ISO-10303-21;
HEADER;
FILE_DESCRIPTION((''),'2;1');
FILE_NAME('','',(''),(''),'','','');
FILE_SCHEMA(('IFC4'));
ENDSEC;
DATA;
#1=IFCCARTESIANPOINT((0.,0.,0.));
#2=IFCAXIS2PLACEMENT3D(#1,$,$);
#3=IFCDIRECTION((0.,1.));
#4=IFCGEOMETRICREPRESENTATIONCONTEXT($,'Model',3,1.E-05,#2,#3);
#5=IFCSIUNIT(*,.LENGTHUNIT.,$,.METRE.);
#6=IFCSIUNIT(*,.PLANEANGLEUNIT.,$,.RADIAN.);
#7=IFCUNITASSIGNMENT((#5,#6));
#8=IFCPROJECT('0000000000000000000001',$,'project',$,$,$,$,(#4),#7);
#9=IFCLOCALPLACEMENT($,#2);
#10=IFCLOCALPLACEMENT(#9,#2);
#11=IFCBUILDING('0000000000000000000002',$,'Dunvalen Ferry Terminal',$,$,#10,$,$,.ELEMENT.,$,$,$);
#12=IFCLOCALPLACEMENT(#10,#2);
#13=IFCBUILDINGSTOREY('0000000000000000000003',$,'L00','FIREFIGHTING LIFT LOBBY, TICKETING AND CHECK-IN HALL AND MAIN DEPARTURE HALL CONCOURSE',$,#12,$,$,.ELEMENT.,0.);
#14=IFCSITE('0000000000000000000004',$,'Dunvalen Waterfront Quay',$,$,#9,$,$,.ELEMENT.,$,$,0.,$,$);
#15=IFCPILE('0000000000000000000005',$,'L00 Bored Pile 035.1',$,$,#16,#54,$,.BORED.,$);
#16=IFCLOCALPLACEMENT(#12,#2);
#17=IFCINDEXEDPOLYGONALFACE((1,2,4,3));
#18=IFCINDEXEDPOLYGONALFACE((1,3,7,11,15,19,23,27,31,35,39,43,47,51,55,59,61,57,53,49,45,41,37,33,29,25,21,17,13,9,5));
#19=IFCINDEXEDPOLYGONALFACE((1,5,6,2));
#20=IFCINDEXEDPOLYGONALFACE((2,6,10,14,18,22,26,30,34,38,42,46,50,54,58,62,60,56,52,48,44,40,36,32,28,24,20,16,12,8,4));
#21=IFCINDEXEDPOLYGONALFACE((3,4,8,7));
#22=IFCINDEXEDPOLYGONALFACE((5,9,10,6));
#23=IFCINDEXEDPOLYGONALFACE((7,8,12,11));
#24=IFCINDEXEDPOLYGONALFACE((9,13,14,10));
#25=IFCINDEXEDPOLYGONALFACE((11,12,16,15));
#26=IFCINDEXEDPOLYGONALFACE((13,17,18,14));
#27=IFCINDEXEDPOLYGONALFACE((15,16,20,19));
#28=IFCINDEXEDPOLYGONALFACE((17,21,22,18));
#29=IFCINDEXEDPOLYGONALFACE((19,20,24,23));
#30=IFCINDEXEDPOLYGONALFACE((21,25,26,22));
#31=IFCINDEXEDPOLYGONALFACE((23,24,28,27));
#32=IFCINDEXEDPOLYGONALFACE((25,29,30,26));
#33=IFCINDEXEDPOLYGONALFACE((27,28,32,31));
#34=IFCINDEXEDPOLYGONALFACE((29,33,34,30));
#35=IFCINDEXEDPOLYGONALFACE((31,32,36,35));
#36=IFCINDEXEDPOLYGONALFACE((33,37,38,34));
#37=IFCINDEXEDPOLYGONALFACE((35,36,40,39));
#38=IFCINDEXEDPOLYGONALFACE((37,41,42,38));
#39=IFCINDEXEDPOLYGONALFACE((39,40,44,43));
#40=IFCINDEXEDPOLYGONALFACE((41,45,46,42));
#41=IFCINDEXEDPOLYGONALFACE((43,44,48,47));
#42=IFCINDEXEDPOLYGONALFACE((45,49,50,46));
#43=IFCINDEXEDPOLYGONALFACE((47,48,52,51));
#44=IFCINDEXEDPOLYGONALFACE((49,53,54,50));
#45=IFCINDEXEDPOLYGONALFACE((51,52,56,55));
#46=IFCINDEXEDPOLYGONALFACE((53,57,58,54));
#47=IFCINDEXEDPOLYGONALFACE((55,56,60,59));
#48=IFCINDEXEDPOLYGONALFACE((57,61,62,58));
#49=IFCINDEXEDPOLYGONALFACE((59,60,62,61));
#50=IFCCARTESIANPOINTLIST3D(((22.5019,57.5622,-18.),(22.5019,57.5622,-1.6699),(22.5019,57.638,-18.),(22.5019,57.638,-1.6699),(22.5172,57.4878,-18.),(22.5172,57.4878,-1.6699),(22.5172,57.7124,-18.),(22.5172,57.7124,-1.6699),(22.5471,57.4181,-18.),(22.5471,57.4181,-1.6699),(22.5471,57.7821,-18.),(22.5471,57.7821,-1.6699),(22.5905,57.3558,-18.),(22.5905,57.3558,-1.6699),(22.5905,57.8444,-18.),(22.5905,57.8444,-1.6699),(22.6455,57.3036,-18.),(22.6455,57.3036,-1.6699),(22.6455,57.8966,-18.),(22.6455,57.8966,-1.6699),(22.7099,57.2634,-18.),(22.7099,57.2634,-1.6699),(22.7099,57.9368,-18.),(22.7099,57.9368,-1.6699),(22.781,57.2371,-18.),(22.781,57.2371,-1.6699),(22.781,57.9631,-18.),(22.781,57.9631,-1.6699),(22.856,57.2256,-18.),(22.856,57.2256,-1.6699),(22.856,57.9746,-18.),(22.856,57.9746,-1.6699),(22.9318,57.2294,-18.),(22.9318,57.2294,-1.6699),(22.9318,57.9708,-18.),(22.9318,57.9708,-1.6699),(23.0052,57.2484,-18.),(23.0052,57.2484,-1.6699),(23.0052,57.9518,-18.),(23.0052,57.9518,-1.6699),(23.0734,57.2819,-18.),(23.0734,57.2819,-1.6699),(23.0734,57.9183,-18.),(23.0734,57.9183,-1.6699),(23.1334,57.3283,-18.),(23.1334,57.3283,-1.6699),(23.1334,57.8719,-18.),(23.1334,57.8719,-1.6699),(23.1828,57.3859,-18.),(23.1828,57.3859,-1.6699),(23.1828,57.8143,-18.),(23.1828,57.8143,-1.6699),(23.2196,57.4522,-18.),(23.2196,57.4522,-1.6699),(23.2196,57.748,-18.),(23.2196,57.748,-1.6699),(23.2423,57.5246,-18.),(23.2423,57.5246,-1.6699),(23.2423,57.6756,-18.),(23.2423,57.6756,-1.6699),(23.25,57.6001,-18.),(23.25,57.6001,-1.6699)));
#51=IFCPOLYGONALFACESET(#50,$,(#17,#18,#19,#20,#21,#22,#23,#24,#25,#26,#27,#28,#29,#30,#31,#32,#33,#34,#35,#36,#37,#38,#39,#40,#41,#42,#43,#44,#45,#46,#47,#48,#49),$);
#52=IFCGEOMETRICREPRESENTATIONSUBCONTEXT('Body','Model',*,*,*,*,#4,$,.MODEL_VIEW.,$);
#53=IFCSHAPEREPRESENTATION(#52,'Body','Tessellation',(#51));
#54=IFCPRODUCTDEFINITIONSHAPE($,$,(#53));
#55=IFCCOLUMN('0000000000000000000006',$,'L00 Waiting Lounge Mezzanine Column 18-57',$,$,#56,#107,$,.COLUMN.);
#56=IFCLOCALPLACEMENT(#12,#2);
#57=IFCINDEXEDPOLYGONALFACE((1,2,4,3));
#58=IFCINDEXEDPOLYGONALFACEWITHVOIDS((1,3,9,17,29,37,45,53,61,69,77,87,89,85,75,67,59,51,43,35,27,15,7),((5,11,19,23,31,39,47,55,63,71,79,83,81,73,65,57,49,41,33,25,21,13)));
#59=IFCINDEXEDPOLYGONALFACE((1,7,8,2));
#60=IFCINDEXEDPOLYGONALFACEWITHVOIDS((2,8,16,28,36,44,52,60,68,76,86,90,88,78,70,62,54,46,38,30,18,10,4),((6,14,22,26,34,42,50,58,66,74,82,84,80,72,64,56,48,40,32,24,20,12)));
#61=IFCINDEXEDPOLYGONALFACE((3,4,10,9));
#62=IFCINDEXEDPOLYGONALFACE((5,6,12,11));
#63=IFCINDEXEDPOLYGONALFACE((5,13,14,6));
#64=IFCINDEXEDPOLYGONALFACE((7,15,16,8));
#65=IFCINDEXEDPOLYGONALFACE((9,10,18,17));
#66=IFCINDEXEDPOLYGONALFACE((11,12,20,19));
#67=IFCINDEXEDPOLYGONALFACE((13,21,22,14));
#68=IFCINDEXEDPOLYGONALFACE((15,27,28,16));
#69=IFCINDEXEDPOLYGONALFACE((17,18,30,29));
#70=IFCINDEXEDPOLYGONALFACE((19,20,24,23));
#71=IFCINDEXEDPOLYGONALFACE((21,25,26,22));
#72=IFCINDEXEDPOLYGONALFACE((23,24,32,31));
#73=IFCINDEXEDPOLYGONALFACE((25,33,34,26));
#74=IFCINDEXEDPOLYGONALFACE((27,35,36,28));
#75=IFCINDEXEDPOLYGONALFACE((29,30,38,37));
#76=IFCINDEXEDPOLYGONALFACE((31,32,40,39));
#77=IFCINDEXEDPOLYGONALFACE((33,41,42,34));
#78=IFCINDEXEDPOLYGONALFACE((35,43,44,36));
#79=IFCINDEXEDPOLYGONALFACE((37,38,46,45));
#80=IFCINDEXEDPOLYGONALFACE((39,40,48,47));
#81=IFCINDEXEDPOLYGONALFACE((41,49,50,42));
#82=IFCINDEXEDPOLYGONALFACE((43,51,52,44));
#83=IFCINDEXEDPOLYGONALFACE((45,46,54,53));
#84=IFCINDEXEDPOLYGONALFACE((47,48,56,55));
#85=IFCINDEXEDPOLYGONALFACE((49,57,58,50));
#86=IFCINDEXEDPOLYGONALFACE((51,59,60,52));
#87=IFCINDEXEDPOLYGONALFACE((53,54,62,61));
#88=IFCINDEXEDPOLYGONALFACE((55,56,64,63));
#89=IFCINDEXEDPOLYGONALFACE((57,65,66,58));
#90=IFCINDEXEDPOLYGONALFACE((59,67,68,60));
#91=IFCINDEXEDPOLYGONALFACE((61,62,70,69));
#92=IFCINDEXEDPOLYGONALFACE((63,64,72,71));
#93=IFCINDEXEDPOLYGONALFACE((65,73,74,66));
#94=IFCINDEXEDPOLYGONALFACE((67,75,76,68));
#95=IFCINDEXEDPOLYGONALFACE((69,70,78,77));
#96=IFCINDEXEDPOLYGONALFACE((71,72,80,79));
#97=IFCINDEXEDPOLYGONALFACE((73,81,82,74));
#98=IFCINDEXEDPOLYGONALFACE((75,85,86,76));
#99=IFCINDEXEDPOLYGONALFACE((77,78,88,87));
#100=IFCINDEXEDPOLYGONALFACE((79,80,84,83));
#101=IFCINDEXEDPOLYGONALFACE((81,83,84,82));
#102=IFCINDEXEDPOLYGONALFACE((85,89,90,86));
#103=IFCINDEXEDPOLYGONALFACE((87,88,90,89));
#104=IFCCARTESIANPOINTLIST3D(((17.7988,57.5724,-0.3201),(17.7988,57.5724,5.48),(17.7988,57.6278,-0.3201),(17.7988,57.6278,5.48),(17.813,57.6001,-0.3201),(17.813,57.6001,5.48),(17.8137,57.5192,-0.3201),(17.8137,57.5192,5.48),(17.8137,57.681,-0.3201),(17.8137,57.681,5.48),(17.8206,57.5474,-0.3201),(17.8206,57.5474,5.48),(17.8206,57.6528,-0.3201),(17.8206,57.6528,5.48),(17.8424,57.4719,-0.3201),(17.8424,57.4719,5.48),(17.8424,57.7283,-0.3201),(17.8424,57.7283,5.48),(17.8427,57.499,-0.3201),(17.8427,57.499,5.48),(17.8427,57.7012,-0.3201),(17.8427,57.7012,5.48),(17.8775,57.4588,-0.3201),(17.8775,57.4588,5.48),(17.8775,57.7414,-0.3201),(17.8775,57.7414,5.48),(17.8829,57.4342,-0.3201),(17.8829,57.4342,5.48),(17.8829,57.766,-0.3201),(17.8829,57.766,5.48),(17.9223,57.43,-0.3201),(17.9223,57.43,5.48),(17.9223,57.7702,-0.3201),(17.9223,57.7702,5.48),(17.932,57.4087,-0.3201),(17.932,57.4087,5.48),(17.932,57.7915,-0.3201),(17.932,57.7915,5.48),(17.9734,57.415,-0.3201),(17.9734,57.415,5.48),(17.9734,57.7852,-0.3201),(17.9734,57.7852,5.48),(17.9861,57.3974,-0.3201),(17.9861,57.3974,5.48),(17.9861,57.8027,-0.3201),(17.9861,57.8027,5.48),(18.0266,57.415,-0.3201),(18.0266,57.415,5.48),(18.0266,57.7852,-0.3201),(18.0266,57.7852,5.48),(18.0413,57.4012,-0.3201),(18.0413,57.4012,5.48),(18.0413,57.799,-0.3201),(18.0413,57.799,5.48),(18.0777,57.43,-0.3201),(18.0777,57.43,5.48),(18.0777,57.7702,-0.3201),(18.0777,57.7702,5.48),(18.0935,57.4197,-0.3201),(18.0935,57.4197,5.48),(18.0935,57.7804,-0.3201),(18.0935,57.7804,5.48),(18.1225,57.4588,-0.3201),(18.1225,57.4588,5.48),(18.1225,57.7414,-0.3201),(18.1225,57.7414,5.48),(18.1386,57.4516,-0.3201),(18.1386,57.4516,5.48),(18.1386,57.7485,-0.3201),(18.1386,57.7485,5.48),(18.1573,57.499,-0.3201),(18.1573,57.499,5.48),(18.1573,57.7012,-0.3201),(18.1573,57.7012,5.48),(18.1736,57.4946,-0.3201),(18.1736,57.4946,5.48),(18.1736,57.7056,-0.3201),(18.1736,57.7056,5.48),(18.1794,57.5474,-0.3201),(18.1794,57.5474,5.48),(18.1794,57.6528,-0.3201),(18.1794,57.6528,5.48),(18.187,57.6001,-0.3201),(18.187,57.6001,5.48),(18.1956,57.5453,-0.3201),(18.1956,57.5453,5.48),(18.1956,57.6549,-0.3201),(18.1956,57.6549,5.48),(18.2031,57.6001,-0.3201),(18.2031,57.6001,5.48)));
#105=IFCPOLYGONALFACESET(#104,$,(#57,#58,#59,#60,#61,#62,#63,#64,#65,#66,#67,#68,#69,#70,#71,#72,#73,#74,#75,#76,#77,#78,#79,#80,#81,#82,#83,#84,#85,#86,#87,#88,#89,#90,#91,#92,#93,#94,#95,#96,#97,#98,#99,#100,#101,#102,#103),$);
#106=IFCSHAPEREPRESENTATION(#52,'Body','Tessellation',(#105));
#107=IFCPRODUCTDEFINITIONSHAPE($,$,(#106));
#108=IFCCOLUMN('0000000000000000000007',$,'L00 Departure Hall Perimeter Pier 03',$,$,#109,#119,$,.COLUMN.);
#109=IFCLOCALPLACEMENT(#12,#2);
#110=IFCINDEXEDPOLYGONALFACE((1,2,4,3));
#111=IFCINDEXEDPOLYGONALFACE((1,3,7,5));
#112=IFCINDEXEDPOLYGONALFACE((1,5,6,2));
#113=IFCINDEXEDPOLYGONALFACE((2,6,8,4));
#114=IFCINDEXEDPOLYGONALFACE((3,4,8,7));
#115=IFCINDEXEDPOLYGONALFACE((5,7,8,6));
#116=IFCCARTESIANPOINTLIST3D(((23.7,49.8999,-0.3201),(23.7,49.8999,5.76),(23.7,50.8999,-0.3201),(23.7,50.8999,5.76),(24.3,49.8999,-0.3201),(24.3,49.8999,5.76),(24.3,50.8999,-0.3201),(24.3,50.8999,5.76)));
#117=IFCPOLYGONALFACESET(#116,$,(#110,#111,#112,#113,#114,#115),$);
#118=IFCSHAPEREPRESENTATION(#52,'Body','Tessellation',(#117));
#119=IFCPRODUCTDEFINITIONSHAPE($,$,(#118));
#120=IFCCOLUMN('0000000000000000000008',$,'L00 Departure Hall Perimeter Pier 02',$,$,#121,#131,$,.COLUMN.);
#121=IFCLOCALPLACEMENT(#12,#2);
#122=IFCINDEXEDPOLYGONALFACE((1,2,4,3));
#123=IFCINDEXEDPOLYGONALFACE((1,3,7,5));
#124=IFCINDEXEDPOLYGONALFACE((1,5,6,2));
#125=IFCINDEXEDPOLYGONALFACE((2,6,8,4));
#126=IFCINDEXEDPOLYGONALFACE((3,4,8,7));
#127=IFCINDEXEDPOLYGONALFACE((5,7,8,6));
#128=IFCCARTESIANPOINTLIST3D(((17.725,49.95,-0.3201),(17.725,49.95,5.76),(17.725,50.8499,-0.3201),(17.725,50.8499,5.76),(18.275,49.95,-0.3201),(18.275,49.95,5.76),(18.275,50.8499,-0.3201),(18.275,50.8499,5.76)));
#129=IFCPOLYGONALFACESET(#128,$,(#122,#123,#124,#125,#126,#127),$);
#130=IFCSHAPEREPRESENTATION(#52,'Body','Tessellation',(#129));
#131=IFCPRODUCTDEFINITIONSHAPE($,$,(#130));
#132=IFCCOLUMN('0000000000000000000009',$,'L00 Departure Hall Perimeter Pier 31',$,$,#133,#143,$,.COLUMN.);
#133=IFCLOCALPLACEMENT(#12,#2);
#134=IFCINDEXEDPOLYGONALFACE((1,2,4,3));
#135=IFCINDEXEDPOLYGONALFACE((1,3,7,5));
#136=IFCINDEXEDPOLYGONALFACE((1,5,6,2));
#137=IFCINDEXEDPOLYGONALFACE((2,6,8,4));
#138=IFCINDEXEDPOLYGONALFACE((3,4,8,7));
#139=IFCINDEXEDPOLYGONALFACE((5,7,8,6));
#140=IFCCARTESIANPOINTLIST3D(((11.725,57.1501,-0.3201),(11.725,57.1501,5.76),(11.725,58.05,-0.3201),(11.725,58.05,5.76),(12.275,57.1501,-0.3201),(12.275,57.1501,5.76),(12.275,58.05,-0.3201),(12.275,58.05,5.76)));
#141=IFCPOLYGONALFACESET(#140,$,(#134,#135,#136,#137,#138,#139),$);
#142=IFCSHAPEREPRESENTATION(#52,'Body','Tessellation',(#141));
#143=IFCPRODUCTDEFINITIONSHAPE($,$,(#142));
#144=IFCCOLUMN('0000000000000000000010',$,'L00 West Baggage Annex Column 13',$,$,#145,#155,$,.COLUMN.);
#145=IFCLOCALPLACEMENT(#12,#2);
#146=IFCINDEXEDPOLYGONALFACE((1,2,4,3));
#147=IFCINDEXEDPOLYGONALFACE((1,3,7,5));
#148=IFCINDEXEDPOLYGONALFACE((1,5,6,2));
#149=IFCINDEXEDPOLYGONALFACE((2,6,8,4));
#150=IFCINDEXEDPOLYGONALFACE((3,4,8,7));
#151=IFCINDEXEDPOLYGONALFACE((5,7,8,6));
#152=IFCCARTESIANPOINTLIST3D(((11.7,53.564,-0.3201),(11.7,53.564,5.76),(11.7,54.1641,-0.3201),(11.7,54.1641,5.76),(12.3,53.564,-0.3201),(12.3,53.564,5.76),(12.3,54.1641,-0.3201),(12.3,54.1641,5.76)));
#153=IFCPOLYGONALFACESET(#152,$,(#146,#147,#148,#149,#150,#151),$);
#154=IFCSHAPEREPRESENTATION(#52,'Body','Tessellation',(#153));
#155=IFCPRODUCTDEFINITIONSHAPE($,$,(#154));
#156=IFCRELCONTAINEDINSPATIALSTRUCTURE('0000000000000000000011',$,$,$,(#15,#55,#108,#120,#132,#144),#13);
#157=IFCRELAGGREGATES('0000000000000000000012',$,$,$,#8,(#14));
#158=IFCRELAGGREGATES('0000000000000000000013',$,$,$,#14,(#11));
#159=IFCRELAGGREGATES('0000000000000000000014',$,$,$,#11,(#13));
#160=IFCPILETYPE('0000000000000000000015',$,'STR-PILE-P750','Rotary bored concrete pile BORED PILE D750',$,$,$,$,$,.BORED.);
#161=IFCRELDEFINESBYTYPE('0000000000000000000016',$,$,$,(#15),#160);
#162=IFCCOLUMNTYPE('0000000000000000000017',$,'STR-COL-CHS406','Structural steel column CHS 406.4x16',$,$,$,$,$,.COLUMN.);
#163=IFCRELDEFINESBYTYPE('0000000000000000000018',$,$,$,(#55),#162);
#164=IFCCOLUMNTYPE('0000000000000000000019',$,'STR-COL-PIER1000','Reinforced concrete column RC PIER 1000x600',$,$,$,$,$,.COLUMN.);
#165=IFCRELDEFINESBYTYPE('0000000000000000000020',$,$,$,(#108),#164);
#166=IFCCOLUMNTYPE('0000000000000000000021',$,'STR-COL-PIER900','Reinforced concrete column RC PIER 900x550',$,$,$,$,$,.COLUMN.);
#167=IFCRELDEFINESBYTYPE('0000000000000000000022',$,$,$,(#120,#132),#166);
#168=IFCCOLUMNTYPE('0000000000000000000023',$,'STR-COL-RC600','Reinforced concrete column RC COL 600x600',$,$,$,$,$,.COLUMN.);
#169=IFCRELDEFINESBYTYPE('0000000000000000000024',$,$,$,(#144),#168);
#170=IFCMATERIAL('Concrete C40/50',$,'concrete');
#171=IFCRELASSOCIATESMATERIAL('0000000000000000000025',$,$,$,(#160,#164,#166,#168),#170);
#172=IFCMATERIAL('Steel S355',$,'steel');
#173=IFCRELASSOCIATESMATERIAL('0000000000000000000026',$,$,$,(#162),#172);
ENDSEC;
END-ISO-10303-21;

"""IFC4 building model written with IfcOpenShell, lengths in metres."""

from ifc_helpers import new_model, si_unit, direction, frame, origin, origin_2d, place, context, subcontext, project, spatial, rectangle, circle, hollow_circle, extrude, material, material_profile, profile_set, type_object, element, save


model = new_model("IFC4")

# Units and contexts
model_context = context("Model", 3, precision=1e-05, world=origin(), true_north=direction((0.0, 1.0)))
body_context = subcontext(model_context, "Body", "Model", "MODEL_VIEW")
ifc_project = project(units=[si_unit("LENGTHUNIT", "METRE"), si_unit("PLANEANGLEUNIT", "RADIAN")], contexts=[model_context])

# Site, building, storey
site_placement = place(None, origin())
site = spatial("IfcSite", under=ifc_project, at=site_placement, Name="Dunvalen Waterfront Quay", CompositionType="ELEMENT", RefElevation=0.0)
building_placement = place(site_placement, origin())
building = spatial("IfcBuilding", under=site, at=building_placement, Name="Dunvalen Ferry Terminal", CompositionType="ELEMENT")
storey_placement = place(building_placement, origin())
storey = spatial("IfcBuildingStorey", under=building, at=storey_placement, Name="L00", Description="FIREFIGHTING LIFT LOBBY, TICKETING AND CHECK-IN HALL AND MAIN DEPARTURE HALL CONCOURSE", CompositionType="ELEMENT", Elevation=0.0)

# Shared definitions
ifc_material_1 = material(Name="Concrete C40/50", Category="concrete")

# Pile
ifc_material_profile_1 = material_profile(ifc_material_1, circle(Radius=0.375, at=origin_2d()), Name="Concrete C40/50")
ifc_profile_set_1 = profile_set([ifc_material_profile_1], Name="Concrete C40/50")
pile_type_1 = type_object("IfcPileType", Name="STR-PILE-P750", Description="Rotary bored concrete pile BORED PILE D750", PredefinedType="BORED", material=ifc_profile_set_1)
for number, where, z_axis, x_axis, name in (
    (1, (22.875, 57.6001, -1.6699), (0.0, 0.0, -1.0), (1.0, 0.0, 0.0), "L00 Bored Pile 035.1"),
):
    element("IfcPile", number, at=place(storey_placement, frame(where, z_axis=z_axis, x_axis=x_axis)), inside=storey, type_object=pile_type_1, Name=name, PredefinedType="BORED", context=body_context, shape_type="SweptSolid", body=[
        extrude(circle(Radius=0.375, at=origin_2d()), origin(), (0.0, 0.0, 1.0), 16.3301),
    ])

# Columns
ifc_material_2 = material(Name="Steel S355", Category="steel")
ifc_material_profile_2 = material_profile(ifc_material_2, hollow_circle(Radius=0.2031, WallThickness=0.0161, at=origin_2d()), Name="Steel S355")
ifc_profile_set_2 = profile_set([ifc_material_profile_2], Name="Steel S355")
column_type_1 = type_object("IfcColumnType", Name="STR-COL-CHS406", Description="Structural steel column CHS 406.4x16", PredefinedType="COLUMN", material=ifc_profile_set_2)
column_1_placement = place(storey_placement, frame((18.0, 57.6001, -0.3201), z_axis=(0.0, 0.0, 1.0), x_axis=(1.0, 0.0, 0.0)))
element("IfcColumn", 2, at=column_1_placement, inside=storey, type_object=column_type_1, Name="L00 Waiting Lounge Mezzanine Column 18-57", PredefinedType="COLUMN", context=body_context, shape_type="SweptSolid", body=[
    extrude(hollow_circle(Radius=0.2031, WallThickness=0.0161, at=origin_2d()), origin(), (0.0, 0.0, 1.0), 5.8),
])
ifc_material_profile_3 = material_profile(ifc_material_1, rectangle(XDim=0.6001, YDim=1.0, at=origin_2d()), Name="Concrete C40/50")
ifc_profile_set_3 = profile_set([ifc_material_profile_3], Name="Concrete C40/50")
column_type_2 = type_object("IfcColumnType", Name="STR-COL-PIER1000", Description="Reinforced concrete column RC PIER 1000x600", PredefinedType="COLUMN", material=ifc_profile_set_3)
column_2_placement = place(storey_placement, frame((24.0, 50.3999, -0.3201), z_axis=(0.0, 0.0, 1.0), x_axis=(1.0, 0.0, 0.0)))
element("IfcColumn", 3, at=column_2_placement, inside=storey, type_object=column_type_2, Name="L00 Departure Hall Perimeter Pier 03", PredefinedType="COLUMN", context=body_context, shape_type="SweptSolid", body=[
    extrude(rectangle(XDim=0.6001, YDim=1.0, at=origin_2d()), origin(), (0.0, 0.0, 1.0), 6.0801),
])
ifc_material_profile_4 = material_profile(ifc_material_1, rectangle(XDim=0.55, YDim=0.8999, at=origin_2d()), Name="Concrete C40/50")
ifc_profile_set_4 = profile_set([ifc_material_profile_4], Name="Concrete C40/50")
column_type_3 = type_object("IfcColumnType", Name="STR-COL-PIER900", Description="Reinforced concrete column RC PIER 900x550", PredefinedType="COLUMN", material=ifc_profile_set_4)
for number, where, z_axis, x_axis, name in (
    (4, (18.0, 50.3999, -0.3201), (0.0, 0.0, 1.0), (1.0, 0.0, 0.0), "L00 Departure Hall Perimeter Pier 02"),
    (5, (12.0, 57.6001, -0.3201), (0.0, 0.0, 1.0), (1.0, 0.0, 0.0), "L00 Departure Hall Perimeter Pier 31"),
):
    element("IfcColumn", number, at=place(storey_placement, frame(where, z_axis=z_axis, x_axis=x_axis)), inside=storey, type_object=column_type_3, Name=name, PredefinedType="COLUMN", context=body_context, shape_type="SweptSolid", body=[
        extrude(rectangle(XDim=0.55, YDim=0.8999, at=origin_2d()), origin(), (0.0, 0.0, 1.0), 6.0801),
    ])
ifc_material_profile_5 = material_profile(ifc_material_1, rectangle(XDim=0.6001, YDim=0.6001, at=origin_2d()), Name="Concrete C40/50")
ifc_profile_set_5 = profile_set([ifc_material_profile_5], Name="Concrete C40/50")
column_type_4 = type_object("IfcColumnType", Name="STR-COL-RC600", Description="Reinforced concrete column RC COL 600x600", PredefinedType="COLUMN", material=ifc_profile_set_5)
column_3_placement = place(storey_placement, frame((12.0, 53.864, -0.3201), z_axis=(0.0, 0.0, 1.0), x_axis=(1.0, 0.0, 0.0)))
element("IfcColumn", 6, at=column_3_placement, inside=storey, type_object=column_type_4, Name="L00 West Baggage Annex Column 13", PredefinedType="COLUMN", context=body_context, shape_type="SweptSolid", body=[
    extrude(rectangle(XDim=0.6001, YDim=0.6001, at=origin_2d()), origin(), (0.0, 0.0, 1.0), 6.0801),
])

save(model, "model.ifc")
